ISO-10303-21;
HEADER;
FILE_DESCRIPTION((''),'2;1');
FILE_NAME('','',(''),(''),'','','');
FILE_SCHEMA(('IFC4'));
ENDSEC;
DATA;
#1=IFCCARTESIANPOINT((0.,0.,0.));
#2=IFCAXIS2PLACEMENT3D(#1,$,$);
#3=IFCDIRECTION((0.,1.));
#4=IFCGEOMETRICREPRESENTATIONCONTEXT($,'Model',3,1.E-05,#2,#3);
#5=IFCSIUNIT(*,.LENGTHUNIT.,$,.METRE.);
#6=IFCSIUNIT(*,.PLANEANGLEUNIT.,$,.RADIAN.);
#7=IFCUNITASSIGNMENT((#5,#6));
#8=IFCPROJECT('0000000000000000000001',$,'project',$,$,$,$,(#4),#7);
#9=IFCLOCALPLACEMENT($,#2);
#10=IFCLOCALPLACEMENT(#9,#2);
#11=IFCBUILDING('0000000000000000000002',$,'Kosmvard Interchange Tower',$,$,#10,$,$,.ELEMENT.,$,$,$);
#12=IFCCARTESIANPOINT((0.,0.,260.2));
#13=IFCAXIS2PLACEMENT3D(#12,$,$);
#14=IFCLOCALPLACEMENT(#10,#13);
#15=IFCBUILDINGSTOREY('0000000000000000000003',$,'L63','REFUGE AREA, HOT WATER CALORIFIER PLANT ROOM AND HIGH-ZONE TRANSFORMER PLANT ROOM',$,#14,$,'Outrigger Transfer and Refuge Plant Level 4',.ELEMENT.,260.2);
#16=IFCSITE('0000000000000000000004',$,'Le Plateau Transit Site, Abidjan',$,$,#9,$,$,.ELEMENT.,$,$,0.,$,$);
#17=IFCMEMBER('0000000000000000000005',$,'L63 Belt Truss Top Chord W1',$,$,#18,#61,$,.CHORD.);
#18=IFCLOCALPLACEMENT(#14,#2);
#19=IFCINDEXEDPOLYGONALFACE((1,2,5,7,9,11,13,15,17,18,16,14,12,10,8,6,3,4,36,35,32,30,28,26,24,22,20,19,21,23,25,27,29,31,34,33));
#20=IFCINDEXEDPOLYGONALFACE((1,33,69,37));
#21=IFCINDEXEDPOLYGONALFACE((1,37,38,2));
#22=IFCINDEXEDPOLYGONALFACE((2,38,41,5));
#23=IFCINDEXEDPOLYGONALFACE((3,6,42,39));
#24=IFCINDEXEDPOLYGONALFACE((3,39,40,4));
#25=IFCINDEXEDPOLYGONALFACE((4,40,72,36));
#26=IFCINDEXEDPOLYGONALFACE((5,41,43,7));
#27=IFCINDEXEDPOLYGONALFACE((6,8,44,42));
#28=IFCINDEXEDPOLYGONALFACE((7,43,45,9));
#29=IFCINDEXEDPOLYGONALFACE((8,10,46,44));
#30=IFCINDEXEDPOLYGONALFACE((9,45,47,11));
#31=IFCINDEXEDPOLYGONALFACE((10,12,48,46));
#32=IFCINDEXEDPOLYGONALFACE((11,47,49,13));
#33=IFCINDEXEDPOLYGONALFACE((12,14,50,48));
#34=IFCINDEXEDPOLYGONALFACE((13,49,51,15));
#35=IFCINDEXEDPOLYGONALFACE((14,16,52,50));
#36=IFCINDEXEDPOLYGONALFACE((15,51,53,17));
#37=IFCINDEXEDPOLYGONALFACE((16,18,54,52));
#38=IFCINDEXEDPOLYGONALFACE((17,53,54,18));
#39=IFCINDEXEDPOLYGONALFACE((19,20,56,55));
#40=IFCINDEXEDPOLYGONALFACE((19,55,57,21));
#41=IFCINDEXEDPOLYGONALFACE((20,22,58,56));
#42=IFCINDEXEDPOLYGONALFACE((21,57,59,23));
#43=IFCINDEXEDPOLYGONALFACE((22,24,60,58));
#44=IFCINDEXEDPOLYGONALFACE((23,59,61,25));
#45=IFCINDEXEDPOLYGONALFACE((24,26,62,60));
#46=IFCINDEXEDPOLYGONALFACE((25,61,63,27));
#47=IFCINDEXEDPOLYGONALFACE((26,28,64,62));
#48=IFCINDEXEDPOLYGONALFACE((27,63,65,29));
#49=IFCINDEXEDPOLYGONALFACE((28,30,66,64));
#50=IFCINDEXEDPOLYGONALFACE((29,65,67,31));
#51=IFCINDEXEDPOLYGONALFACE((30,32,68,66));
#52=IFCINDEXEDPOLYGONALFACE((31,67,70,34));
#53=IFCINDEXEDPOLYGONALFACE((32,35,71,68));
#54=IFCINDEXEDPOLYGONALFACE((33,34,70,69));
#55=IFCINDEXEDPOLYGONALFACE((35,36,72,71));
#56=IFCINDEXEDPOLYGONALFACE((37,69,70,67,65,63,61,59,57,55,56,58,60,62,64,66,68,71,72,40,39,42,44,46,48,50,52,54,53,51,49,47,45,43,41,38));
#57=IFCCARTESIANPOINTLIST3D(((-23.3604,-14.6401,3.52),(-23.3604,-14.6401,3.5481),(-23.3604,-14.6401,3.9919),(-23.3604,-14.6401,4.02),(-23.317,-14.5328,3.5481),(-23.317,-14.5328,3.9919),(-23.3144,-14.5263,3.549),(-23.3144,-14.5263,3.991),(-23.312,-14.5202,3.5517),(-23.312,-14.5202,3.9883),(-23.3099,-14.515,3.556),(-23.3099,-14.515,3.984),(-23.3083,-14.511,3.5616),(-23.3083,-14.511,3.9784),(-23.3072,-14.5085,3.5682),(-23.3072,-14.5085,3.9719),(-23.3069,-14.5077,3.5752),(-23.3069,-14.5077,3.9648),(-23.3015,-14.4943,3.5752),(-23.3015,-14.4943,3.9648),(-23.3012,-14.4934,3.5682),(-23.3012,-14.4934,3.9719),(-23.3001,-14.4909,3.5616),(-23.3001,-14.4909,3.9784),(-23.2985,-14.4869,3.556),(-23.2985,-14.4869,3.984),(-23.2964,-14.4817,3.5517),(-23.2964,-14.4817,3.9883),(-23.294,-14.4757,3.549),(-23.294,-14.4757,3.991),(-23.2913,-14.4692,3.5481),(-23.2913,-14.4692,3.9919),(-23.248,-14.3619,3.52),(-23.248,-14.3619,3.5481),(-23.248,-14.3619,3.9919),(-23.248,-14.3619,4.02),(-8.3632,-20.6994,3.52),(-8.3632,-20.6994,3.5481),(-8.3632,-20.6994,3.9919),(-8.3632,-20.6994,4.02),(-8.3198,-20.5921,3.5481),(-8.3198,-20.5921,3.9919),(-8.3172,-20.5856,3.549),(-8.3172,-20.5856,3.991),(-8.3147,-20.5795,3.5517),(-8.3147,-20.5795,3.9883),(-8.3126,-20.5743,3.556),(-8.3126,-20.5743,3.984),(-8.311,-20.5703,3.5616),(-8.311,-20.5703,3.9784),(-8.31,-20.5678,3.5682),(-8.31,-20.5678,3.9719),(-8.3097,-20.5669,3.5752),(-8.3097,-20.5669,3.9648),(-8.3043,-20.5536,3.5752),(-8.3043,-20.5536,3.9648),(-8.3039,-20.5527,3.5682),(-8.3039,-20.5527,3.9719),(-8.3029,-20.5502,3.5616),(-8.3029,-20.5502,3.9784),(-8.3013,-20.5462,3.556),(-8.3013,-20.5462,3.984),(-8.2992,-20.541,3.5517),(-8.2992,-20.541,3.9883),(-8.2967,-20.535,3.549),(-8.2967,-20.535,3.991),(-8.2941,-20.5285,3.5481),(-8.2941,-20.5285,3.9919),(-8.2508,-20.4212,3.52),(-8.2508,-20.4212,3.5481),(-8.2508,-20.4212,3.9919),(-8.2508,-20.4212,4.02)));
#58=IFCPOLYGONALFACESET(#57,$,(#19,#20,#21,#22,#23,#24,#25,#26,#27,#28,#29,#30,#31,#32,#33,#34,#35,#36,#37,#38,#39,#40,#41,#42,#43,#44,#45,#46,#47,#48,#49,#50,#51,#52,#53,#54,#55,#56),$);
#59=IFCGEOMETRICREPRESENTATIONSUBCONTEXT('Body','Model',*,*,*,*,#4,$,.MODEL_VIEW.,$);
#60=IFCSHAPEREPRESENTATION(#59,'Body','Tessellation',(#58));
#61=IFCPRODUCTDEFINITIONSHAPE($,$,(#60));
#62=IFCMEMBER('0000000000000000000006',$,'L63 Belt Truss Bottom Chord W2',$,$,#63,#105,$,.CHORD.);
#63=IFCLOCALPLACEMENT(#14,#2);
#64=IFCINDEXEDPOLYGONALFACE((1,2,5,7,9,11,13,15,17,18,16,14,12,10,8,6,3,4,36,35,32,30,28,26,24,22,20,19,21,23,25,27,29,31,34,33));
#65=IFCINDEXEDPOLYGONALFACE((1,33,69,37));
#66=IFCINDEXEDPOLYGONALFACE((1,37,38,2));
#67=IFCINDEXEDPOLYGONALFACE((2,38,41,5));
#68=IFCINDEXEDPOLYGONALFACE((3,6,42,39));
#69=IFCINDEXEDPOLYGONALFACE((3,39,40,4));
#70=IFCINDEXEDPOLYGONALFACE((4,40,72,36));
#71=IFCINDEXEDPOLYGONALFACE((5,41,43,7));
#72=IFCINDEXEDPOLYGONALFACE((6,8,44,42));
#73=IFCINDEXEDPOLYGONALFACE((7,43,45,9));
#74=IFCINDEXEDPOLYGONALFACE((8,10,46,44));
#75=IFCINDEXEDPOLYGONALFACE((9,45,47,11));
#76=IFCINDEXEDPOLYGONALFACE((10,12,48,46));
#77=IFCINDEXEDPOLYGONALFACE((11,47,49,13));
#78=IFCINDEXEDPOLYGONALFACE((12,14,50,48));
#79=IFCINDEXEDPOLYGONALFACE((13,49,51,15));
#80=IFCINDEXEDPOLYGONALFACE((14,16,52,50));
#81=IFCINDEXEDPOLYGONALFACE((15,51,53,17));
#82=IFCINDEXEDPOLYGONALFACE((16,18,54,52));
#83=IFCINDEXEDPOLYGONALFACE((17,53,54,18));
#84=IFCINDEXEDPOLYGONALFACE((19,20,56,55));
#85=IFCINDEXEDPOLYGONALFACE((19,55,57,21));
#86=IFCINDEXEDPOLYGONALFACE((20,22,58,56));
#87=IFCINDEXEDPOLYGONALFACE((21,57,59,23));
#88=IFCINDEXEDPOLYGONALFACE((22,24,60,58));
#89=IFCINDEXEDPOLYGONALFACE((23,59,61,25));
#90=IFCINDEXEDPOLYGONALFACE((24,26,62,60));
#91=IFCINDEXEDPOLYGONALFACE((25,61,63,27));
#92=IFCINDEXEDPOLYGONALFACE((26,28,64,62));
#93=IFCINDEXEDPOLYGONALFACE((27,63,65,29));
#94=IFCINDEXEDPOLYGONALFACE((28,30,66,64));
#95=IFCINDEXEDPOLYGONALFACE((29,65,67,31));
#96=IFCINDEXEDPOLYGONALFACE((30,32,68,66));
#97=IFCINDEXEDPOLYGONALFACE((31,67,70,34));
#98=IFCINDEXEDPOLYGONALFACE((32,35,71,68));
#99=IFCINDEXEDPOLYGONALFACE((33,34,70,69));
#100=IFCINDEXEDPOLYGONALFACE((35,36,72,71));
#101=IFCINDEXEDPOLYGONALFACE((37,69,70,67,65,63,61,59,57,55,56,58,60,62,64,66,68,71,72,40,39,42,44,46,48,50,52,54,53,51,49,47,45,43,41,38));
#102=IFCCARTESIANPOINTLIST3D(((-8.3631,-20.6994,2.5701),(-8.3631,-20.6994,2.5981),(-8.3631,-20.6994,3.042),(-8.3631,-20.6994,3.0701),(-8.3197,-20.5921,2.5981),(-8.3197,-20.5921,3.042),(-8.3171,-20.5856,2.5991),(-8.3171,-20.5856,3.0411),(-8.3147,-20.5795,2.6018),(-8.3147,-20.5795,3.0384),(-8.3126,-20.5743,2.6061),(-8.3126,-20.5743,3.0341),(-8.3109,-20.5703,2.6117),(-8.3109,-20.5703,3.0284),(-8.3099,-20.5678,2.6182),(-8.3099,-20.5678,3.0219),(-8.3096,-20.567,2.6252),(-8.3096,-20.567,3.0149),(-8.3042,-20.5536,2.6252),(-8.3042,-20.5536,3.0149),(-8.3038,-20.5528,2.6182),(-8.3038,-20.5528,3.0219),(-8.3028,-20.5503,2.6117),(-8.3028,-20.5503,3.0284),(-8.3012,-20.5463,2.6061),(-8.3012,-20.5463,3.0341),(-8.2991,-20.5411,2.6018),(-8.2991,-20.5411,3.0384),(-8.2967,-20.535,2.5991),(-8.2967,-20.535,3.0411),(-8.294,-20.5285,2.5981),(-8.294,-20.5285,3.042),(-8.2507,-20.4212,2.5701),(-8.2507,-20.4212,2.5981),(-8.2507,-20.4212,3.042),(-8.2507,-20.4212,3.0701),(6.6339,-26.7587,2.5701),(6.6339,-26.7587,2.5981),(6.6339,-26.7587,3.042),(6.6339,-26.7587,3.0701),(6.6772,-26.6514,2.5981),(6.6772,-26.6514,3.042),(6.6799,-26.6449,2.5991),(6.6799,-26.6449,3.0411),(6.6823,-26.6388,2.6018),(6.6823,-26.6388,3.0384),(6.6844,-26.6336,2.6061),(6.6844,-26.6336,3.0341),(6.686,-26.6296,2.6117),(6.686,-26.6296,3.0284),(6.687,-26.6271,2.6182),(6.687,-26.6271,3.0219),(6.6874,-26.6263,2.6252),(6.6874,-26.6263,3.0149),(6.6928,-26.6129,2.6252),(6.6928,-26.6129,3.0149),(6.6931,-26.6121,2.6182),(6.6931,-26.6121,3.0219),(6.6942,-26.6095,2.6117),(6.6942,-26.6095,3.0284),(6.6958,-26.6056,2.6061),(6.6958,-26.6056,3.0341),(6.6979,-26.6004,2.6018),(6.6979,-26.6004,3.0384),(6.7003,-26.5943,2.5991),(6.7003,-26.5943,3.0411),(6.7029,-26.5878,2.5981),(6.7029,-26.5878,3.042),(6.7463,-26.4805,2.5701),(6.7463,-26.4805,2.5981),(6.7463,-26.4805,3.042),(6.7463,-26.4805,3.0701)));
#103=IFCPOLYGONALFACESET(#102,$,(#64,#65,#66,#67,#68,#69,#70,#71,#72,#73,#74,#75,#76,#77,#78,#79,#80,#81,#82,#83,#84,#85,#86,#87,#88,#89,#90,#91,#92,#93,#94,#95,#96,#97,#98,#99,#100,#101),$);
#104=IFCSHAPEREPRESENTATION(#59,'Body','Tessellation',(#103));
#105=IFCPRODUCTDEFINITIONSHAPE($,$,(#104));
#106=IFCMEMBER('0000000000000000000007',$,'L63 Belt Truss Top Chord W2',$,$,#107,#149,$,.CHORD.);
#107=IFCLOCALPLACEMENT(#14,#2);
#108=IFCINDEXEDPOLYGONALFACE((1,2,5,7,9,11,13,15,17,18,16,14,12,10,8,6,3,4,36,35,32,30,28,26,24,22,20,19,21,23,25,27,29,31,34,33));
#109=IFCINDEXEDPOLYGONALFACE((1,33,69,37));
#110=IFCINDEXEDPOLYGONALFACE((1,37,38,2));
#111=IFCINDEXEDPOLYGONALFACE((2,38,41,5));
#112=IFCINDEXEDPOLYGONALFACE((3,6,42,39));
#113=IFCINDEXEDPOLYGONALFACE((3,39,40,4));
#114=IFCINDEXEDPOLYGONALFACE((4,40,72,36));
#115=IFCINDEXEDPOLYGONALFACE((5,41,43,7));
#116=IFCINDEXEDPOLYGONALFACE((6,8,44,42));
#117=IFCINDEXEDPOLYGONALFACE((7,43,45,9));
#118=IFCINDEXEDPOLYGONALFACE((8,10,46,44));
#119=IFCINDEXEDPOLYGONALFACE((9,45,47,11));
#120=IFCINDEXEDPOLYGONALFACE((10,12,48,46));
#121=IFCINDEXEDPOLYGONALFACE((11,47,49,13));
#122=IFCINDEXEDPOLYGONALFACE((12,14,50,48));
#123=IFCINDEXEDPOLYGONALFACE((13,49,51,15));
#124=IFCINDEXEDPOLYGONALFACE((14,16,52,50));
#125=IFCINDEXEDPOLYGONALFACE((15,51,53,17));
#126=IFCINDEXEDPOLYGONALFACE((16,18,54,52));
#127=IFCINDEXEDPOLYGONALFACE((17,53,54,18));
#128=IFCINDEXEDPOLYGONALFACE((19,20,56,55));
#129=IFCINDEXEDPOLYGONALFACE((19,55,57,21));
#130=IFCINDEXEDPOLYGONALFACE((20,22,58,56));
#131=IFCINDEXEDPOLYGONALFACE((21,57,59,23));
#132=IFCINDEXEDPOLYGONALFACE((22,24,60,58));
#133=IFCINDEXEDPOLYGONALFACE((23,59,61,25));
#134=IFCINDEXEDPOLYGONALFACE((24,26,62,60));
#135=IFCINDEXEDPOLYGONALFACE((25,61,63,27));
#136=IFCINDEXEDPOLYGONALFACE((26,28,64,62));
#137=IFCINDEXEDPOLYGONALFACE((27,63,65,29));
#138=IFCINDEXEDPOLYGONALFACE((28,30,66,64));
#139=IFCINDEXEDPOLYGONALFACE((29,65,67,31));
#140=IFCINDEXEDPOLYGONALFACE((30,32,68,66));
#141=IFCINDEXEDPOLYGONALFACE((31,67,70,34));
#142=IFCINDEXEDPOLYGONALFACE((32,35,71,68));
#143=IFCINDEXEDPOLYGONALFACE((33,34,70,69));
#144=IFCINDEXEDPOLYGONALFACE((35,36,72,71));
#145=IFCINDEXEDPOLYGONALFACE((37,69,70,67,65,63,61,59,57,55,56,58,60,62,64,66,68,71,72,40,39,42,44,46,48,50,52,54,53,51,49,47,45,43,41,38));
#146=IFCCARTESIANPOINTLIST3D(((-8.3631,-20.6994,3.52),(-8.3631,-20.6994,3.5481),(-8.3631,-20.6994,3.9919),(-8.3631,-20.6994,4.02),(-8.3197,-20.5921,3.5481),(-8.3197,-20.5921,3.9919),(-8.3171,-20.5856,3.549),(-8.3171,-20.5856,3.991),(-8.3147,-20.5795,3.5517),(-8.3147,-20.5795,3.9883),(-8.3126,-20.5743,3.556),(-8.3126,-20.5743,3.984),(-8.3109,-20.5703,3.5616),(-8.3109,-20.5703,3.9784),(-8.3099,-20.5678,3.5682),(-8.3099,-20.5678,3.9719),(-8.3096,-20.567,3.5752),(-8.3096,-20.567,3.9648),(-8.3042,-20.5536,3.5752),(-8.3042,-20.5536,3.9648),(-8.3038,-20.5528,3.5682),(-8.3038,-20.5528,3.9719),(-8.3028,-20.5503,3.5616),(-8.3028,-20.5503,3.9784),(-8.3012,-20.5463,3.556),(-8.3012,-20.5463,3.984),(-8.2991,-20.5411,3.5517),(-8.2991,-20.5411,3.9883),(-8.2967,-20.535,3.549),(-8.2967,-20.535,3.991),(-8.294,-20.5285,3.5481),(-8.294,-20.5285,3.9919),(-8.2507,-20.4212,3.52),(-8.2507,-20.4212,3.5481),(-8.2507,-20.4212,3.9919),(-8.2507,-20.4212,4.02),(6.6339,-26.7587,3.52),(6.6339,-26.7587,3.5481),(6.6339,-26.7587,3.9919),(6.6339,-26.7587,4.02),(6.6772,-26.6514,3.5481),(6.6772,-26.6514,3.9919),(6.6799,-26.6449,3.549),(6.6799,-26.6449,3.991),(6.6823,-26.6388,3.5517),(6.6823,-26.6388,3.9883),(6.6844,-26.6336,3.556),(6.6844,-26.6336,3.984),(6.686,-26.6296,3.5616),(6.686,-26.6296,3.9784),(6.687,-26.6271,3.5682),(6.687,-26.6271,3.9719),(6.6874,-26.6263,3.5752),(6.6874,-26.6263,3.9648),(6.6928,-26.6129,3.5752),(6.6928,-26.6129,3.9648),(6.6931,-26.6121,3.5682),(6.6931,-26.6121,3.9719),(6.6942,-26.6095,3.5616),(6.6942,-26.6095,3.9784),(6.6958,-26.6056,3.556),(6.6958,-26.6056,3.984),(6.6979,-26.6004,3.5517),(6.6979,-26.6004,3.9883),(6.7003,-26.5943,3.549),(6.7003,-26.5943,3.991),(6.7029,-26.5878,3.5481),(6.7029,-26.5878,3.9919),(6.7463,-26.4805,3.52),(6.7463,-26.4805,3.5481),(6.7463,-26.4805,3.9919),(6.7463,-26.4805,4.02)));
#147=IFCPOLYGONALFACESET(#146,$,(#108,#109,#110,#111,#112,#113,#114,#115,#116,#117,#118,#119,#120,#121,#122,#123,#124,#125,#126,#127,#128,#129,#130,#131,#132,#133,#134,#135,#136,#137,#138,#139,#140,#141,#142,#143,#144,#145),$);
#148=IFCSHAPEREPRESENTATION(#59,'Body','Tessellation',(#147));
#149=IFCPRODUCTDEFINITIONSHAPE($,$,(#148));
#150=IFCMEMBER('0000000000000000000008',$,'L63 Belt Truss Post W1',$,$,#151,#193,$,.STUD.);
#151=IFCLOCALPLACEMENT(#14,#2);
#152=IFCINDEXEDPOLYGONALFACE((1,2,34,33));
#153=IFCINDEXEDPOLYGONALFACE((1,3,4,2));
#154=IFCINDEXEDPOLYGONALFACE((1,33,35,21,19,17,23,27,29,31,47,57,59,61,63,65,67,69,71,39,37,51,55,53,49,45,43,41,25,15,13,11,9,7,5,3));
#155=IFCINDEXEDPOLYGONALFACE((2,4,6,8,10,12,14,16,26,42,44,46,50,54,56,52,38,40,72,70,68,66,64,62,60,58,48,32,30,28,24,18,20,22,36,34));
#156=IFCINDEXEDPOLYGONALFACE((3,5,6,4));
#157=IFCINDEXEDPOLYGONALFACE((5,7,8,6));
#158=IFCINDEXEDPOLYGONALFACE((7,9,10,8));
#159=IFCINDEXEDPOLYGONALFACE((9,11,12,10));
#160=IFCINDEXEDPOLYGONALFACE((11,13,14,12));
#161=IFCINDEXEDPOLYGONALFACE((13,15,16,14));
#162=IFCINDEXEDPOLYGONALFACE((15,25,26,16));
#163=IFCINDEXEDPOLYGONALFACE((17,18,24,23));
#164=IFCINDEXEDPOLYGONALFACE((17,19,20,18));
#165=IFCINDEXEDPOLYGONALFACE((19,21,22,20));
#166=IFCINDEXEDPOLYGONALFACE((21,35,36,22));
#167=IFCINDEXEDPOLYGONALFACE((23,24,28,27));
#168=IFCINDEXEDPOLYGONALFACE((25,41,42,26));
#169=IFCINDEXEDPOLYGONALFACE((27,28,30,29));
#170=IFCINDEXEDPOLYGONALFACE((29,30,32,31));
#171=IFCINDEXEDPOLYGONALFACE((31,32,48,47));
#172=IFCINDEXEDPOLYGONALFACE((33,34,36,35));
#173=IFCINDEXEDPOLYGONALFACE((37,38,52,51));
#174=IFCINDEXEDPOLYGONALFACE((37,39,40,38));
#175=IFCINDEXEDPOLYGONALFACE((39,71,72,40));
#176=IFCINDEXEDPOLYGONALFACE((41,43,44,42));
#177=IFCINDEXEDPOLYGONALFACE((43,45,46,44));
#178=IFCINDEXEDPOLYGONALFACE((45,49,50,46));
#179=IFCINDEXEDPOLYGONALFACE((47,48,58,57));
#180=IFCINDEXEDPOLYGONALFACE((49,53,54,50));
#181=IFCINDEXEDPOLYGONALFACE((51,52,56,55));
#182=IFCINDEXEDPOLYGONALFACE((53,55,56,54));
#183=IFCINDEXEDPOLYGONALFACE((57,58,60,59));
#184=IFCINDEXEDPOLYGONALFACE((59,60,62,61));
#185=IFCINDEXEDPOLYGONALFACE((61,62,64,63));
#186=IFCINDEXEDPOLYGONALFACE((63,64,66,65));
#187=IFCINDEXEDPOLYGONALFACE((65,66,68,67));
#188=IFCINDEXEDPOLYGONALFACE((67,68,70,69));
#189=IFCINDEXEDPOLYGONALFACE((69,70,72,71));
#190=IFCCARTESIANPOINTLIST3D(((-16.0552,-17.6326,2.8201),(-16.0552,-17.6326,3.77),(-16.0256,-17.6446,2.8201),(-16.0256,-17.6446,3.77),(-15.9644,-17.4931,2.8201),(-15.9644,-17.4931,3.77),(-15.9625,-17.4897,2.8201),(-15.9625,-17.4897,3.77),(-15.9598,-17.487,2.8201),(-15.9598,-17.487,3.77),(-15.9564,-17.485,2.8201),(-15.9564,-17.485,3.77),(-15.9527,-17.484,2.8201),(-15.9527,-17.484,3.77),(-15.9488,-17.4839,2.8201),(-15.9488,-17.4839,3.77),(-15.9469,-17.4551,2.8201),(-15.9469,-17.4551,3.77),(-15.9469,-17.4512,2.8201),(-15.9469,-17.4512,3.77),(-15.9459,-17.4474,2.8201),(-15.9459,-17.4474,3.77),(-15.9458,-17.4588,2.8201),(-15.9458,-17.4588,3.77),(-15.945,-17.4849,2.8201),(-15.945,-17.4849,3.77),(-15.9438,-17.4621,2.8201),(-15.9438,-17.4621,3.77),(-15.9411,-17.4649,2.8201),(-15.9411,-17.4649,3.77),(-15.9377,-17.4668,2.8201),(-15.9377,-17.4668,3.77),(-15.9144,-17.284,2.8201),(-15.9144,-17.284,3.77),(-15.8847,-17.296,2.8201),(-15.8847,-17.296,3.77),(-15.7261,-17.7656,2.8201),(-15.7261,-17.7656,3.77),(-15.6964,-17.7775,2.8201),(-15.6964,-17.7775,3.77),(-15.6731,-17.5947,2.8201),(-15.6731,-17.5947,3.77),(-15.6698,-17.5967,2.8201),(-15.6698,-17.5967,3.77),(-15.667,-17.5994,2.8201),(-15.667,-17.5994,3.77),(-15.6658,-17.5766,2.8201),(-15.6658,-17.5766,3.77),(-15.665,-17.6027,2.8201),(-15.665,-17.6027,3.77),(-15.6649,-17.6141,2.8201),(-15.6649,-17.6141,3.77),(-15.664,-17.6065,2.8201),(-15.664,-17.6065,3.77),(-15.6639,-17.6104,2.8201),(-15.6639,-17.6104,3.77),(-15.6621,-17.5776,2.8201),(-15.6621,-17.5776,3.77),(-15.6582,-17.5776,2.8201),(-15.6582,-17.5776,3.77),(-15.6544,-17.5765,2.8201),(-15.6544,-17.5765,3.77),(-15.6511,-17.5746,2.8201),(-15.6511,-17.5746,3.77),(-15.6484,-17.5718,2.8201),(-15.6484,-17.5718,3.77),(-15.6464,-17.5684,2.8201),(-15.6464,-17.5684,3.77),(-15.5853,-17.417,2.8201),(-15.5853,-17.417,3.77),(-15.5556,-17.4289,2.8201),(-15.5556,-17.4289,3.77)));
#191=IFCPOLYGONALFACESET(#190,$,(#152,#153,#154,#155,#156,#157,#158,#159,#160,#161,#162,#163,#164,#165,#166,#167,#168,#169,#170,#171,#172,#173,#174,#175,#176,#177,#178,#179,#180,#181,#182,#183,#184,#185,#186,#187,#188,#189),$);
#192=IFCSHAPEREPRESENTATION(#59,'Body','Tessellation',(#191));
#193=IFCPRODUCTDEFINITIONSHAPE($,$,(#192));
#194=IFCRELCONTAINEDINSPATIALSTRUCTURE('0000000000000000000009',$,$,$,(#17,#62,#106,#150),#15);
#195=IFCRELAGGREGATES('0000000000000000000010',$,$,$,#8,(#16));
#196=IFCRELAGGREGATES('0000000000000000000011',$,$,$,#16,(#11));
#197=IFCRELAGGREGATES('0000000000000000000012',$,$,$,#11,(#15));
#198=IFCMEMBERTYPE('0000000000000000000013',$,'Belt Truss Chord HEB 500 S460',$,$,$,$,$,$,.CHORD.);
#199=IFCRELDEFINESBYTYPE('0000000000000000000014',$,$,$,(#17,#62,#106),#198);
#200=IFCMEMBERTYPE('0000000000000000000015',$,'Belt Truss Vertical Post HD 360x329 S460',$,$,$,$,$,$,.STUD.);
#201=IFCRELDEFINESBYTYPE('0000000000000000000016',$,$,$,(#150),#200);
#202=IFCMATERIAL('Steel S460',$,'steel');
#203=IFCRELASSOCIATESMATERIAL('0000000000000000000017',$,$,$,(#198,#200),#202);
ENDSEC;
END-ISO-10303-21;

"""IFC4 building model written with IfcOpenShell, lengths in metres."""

from ifc_helpers import new_model, si_unit, direction, frame, origin, origin_2d, place, context, subcontext, project, spatial, i_section, extrude, source, transform, mapped, material, material_profile, profile_set, type_object, element, save


model = new_model("IFC4")

# Units and contexts
model_context = context("Model", 3, precision=1e-05, world=origin(), true_north=direction((0.0, 1.0)))
body_context = subcontext(model_context, "Body", "Model", "MODEL_VIEW")
ifc_project = project(units=[si_unit("LENGTHUNIT", "METRE"), si_unit("PLANEANGLEUNIT", "RADIAN")], contexts=[model_context])

# Site, building, storey
site_placement = place(None, origin())
site = spatial("IfcSite", under=ifc_project, at=site_placement, Name="Le Plateau Transit Site, Abidjan", CompositionType="ELEMENT", RefElevation=0.0)
building_placement = place(site_placement, origin())
building = spatial("IfcBuilding", under=site, at=building_placement, Name="Kosmvard Interchange Tower", CompositionType="ELEMENT")
storey_placement = place(building_placement, frame((0.0, 0.0, 260.2)))
storey = spatial("IfcBuildingStorey", under=building, at=storey_placement, Name="L63", Description="REFUGE AREA, HOT WATER CALORIFIER PLANT ROOM AND HIGH-ZONE TRANSFORMER PLANT ROOM", LongName="Outrigger Transfer and Refuge Plant Level 4", CompositionType="ELEMENT", Elevation=260.2)

# Members
ifc_material_1 = material(Name="Steel S460", Category="steel")
ifc_material_profile_1 = material_profile(ifc_material_1, i_section(OverallWidth=0.3, OverallDepth=0.5, WebThickness=0.0144, FlangeThickness=0.0281, FilletRadius=0.0271, at=origin_2d()), Name="HEB 500")
ifc_profile_set_1 = profile_set([ifc_material_profile_1], Name="Steel S460")
member_type_1 = type_object("IfcMemberType", Name="Belt Truss Chord HEB 500 S460", PredefinedType="CHORD", material=ifc_profile_set_1)
shared_shape_1 = source(origin(), body_context, "Body", "SweptSolid", [
    extrude(i_section(OverallWidth=0.3, OverallDepth=0.5, WebThickness=0.0144, FlangeThickness=0.0281, FilletRadius=0.0271, at=origin_2d()), origin(), (0.0, 0.0, 1.0), 16.175),
])
for number, where, z_axis, x_axis, name in (
    (1, (-23.3042, -14.501, 3.77), (0.927183, -0.374608, 0.0), (0.374608, 0.927183, 0.0), "L63 Belt Truss Top Chord W1"),
):
    element("IfcMember", number, at=place(storey_placement, frame(where, z_axis=z_axis, x_axis=x_axis)), inside=storey, type_object=member_type_1, Name=name, PredefinedType="CHORD", context=body_context, shape_type="MappedRepresentation", body=[
        mapped(shared_shape_1, transform((0.0, 0.0, 0.0), scale=1.0)),
    ])
shared_shape_2 = source(origin(), body_context, "Body", "SweptSolid", [
    extrude(i_section(OverallWidth=0.3, OverallDepth=0.5, WebThickness=0.0144, FlangeThickness=0.0281, FilletRadius=0.0271, at=origin_2d()), origin(), (0.0, 0.0, 1.0), 16.1748),
])
for number, where, z_axis, x_axis, name in (
    (2, (-8.3069, -20.5603, 2.8201), (0.927181, -0.374613, 0.0), (0.374613, 0.927181, 0.0), "L63 Belt Truss Bottom Chord W2"),
    (3, (-8.3069, -20.5603, 3.77), (0.927181, -0.374613, 0.0), (0.374613, 0.927181, 0.0), "L63 Belt Truss Top Chord W2"),
):
    element("IfcMember", number, at=place(storey_placement, frame(where, z_axis=z_axis, x_axis=x_axis)), inside=storey, type_object=member_type_1, Name=name, PredefinedType="CHORD", context=body_context, shape_type="MappedRepresentation", body=[
        mapped(shared_shape_2, transform((0.0, 0.0, 0.0), scale=1.0)),
    ])
ifc_material_profile_2 = material_profile(ifc_material_1, i_section(OverallWidth=0.376, OverallDepth=0.387, WebThickness=0.0195, FlangeThickness=0.032, FilletRadius=0.0149, at=origin_2d()), Name="HD 360x329")
ifc_profile_set_2 = profile_set([ifc_material_profile_2], Name="Steel S460")
member_type_2 = type_object("IfcMemberType", Name="Belt Truss Vertical Post HD 360x329 S460", PredefinedType="STUD", material=ifc_profile_set_2)
shared_shape_3 = source(origin(), body_context, "Body", "SweptSolid", [
    extrude(i_section(OverallWidth=0.376, OverallDepth=0.387, WebThickness=0.0195, FlangeThickness=0.032, FilletRadius=0.0149, at=origin_2d()), origin(), (0.0, 0.0, 1.0), 0.95),
])
for number, where, z_axis, x_axis, name in (
    (4, (-15.8054, -17.5308, 2.8201), (0.0, 0.0, 1.0), (0.374607, 0.927184, 0.0), "L63 Belt Truss Post W1"),
):
    element("IfcMember", number, at=place(storey_placement, frame(where, z_axis=z_axis, x_axis=x_axis)), inside=storey, type_object=member_type_2, Name=name, PredefinedType="STUD", context=body_context, shape_type="MappedRepresentation", body=[
        mapped(shared_shape_3, transform((0.0, 0.0, 0.0), scale=1.0)),
    ])

save(model, "model.ifc")
